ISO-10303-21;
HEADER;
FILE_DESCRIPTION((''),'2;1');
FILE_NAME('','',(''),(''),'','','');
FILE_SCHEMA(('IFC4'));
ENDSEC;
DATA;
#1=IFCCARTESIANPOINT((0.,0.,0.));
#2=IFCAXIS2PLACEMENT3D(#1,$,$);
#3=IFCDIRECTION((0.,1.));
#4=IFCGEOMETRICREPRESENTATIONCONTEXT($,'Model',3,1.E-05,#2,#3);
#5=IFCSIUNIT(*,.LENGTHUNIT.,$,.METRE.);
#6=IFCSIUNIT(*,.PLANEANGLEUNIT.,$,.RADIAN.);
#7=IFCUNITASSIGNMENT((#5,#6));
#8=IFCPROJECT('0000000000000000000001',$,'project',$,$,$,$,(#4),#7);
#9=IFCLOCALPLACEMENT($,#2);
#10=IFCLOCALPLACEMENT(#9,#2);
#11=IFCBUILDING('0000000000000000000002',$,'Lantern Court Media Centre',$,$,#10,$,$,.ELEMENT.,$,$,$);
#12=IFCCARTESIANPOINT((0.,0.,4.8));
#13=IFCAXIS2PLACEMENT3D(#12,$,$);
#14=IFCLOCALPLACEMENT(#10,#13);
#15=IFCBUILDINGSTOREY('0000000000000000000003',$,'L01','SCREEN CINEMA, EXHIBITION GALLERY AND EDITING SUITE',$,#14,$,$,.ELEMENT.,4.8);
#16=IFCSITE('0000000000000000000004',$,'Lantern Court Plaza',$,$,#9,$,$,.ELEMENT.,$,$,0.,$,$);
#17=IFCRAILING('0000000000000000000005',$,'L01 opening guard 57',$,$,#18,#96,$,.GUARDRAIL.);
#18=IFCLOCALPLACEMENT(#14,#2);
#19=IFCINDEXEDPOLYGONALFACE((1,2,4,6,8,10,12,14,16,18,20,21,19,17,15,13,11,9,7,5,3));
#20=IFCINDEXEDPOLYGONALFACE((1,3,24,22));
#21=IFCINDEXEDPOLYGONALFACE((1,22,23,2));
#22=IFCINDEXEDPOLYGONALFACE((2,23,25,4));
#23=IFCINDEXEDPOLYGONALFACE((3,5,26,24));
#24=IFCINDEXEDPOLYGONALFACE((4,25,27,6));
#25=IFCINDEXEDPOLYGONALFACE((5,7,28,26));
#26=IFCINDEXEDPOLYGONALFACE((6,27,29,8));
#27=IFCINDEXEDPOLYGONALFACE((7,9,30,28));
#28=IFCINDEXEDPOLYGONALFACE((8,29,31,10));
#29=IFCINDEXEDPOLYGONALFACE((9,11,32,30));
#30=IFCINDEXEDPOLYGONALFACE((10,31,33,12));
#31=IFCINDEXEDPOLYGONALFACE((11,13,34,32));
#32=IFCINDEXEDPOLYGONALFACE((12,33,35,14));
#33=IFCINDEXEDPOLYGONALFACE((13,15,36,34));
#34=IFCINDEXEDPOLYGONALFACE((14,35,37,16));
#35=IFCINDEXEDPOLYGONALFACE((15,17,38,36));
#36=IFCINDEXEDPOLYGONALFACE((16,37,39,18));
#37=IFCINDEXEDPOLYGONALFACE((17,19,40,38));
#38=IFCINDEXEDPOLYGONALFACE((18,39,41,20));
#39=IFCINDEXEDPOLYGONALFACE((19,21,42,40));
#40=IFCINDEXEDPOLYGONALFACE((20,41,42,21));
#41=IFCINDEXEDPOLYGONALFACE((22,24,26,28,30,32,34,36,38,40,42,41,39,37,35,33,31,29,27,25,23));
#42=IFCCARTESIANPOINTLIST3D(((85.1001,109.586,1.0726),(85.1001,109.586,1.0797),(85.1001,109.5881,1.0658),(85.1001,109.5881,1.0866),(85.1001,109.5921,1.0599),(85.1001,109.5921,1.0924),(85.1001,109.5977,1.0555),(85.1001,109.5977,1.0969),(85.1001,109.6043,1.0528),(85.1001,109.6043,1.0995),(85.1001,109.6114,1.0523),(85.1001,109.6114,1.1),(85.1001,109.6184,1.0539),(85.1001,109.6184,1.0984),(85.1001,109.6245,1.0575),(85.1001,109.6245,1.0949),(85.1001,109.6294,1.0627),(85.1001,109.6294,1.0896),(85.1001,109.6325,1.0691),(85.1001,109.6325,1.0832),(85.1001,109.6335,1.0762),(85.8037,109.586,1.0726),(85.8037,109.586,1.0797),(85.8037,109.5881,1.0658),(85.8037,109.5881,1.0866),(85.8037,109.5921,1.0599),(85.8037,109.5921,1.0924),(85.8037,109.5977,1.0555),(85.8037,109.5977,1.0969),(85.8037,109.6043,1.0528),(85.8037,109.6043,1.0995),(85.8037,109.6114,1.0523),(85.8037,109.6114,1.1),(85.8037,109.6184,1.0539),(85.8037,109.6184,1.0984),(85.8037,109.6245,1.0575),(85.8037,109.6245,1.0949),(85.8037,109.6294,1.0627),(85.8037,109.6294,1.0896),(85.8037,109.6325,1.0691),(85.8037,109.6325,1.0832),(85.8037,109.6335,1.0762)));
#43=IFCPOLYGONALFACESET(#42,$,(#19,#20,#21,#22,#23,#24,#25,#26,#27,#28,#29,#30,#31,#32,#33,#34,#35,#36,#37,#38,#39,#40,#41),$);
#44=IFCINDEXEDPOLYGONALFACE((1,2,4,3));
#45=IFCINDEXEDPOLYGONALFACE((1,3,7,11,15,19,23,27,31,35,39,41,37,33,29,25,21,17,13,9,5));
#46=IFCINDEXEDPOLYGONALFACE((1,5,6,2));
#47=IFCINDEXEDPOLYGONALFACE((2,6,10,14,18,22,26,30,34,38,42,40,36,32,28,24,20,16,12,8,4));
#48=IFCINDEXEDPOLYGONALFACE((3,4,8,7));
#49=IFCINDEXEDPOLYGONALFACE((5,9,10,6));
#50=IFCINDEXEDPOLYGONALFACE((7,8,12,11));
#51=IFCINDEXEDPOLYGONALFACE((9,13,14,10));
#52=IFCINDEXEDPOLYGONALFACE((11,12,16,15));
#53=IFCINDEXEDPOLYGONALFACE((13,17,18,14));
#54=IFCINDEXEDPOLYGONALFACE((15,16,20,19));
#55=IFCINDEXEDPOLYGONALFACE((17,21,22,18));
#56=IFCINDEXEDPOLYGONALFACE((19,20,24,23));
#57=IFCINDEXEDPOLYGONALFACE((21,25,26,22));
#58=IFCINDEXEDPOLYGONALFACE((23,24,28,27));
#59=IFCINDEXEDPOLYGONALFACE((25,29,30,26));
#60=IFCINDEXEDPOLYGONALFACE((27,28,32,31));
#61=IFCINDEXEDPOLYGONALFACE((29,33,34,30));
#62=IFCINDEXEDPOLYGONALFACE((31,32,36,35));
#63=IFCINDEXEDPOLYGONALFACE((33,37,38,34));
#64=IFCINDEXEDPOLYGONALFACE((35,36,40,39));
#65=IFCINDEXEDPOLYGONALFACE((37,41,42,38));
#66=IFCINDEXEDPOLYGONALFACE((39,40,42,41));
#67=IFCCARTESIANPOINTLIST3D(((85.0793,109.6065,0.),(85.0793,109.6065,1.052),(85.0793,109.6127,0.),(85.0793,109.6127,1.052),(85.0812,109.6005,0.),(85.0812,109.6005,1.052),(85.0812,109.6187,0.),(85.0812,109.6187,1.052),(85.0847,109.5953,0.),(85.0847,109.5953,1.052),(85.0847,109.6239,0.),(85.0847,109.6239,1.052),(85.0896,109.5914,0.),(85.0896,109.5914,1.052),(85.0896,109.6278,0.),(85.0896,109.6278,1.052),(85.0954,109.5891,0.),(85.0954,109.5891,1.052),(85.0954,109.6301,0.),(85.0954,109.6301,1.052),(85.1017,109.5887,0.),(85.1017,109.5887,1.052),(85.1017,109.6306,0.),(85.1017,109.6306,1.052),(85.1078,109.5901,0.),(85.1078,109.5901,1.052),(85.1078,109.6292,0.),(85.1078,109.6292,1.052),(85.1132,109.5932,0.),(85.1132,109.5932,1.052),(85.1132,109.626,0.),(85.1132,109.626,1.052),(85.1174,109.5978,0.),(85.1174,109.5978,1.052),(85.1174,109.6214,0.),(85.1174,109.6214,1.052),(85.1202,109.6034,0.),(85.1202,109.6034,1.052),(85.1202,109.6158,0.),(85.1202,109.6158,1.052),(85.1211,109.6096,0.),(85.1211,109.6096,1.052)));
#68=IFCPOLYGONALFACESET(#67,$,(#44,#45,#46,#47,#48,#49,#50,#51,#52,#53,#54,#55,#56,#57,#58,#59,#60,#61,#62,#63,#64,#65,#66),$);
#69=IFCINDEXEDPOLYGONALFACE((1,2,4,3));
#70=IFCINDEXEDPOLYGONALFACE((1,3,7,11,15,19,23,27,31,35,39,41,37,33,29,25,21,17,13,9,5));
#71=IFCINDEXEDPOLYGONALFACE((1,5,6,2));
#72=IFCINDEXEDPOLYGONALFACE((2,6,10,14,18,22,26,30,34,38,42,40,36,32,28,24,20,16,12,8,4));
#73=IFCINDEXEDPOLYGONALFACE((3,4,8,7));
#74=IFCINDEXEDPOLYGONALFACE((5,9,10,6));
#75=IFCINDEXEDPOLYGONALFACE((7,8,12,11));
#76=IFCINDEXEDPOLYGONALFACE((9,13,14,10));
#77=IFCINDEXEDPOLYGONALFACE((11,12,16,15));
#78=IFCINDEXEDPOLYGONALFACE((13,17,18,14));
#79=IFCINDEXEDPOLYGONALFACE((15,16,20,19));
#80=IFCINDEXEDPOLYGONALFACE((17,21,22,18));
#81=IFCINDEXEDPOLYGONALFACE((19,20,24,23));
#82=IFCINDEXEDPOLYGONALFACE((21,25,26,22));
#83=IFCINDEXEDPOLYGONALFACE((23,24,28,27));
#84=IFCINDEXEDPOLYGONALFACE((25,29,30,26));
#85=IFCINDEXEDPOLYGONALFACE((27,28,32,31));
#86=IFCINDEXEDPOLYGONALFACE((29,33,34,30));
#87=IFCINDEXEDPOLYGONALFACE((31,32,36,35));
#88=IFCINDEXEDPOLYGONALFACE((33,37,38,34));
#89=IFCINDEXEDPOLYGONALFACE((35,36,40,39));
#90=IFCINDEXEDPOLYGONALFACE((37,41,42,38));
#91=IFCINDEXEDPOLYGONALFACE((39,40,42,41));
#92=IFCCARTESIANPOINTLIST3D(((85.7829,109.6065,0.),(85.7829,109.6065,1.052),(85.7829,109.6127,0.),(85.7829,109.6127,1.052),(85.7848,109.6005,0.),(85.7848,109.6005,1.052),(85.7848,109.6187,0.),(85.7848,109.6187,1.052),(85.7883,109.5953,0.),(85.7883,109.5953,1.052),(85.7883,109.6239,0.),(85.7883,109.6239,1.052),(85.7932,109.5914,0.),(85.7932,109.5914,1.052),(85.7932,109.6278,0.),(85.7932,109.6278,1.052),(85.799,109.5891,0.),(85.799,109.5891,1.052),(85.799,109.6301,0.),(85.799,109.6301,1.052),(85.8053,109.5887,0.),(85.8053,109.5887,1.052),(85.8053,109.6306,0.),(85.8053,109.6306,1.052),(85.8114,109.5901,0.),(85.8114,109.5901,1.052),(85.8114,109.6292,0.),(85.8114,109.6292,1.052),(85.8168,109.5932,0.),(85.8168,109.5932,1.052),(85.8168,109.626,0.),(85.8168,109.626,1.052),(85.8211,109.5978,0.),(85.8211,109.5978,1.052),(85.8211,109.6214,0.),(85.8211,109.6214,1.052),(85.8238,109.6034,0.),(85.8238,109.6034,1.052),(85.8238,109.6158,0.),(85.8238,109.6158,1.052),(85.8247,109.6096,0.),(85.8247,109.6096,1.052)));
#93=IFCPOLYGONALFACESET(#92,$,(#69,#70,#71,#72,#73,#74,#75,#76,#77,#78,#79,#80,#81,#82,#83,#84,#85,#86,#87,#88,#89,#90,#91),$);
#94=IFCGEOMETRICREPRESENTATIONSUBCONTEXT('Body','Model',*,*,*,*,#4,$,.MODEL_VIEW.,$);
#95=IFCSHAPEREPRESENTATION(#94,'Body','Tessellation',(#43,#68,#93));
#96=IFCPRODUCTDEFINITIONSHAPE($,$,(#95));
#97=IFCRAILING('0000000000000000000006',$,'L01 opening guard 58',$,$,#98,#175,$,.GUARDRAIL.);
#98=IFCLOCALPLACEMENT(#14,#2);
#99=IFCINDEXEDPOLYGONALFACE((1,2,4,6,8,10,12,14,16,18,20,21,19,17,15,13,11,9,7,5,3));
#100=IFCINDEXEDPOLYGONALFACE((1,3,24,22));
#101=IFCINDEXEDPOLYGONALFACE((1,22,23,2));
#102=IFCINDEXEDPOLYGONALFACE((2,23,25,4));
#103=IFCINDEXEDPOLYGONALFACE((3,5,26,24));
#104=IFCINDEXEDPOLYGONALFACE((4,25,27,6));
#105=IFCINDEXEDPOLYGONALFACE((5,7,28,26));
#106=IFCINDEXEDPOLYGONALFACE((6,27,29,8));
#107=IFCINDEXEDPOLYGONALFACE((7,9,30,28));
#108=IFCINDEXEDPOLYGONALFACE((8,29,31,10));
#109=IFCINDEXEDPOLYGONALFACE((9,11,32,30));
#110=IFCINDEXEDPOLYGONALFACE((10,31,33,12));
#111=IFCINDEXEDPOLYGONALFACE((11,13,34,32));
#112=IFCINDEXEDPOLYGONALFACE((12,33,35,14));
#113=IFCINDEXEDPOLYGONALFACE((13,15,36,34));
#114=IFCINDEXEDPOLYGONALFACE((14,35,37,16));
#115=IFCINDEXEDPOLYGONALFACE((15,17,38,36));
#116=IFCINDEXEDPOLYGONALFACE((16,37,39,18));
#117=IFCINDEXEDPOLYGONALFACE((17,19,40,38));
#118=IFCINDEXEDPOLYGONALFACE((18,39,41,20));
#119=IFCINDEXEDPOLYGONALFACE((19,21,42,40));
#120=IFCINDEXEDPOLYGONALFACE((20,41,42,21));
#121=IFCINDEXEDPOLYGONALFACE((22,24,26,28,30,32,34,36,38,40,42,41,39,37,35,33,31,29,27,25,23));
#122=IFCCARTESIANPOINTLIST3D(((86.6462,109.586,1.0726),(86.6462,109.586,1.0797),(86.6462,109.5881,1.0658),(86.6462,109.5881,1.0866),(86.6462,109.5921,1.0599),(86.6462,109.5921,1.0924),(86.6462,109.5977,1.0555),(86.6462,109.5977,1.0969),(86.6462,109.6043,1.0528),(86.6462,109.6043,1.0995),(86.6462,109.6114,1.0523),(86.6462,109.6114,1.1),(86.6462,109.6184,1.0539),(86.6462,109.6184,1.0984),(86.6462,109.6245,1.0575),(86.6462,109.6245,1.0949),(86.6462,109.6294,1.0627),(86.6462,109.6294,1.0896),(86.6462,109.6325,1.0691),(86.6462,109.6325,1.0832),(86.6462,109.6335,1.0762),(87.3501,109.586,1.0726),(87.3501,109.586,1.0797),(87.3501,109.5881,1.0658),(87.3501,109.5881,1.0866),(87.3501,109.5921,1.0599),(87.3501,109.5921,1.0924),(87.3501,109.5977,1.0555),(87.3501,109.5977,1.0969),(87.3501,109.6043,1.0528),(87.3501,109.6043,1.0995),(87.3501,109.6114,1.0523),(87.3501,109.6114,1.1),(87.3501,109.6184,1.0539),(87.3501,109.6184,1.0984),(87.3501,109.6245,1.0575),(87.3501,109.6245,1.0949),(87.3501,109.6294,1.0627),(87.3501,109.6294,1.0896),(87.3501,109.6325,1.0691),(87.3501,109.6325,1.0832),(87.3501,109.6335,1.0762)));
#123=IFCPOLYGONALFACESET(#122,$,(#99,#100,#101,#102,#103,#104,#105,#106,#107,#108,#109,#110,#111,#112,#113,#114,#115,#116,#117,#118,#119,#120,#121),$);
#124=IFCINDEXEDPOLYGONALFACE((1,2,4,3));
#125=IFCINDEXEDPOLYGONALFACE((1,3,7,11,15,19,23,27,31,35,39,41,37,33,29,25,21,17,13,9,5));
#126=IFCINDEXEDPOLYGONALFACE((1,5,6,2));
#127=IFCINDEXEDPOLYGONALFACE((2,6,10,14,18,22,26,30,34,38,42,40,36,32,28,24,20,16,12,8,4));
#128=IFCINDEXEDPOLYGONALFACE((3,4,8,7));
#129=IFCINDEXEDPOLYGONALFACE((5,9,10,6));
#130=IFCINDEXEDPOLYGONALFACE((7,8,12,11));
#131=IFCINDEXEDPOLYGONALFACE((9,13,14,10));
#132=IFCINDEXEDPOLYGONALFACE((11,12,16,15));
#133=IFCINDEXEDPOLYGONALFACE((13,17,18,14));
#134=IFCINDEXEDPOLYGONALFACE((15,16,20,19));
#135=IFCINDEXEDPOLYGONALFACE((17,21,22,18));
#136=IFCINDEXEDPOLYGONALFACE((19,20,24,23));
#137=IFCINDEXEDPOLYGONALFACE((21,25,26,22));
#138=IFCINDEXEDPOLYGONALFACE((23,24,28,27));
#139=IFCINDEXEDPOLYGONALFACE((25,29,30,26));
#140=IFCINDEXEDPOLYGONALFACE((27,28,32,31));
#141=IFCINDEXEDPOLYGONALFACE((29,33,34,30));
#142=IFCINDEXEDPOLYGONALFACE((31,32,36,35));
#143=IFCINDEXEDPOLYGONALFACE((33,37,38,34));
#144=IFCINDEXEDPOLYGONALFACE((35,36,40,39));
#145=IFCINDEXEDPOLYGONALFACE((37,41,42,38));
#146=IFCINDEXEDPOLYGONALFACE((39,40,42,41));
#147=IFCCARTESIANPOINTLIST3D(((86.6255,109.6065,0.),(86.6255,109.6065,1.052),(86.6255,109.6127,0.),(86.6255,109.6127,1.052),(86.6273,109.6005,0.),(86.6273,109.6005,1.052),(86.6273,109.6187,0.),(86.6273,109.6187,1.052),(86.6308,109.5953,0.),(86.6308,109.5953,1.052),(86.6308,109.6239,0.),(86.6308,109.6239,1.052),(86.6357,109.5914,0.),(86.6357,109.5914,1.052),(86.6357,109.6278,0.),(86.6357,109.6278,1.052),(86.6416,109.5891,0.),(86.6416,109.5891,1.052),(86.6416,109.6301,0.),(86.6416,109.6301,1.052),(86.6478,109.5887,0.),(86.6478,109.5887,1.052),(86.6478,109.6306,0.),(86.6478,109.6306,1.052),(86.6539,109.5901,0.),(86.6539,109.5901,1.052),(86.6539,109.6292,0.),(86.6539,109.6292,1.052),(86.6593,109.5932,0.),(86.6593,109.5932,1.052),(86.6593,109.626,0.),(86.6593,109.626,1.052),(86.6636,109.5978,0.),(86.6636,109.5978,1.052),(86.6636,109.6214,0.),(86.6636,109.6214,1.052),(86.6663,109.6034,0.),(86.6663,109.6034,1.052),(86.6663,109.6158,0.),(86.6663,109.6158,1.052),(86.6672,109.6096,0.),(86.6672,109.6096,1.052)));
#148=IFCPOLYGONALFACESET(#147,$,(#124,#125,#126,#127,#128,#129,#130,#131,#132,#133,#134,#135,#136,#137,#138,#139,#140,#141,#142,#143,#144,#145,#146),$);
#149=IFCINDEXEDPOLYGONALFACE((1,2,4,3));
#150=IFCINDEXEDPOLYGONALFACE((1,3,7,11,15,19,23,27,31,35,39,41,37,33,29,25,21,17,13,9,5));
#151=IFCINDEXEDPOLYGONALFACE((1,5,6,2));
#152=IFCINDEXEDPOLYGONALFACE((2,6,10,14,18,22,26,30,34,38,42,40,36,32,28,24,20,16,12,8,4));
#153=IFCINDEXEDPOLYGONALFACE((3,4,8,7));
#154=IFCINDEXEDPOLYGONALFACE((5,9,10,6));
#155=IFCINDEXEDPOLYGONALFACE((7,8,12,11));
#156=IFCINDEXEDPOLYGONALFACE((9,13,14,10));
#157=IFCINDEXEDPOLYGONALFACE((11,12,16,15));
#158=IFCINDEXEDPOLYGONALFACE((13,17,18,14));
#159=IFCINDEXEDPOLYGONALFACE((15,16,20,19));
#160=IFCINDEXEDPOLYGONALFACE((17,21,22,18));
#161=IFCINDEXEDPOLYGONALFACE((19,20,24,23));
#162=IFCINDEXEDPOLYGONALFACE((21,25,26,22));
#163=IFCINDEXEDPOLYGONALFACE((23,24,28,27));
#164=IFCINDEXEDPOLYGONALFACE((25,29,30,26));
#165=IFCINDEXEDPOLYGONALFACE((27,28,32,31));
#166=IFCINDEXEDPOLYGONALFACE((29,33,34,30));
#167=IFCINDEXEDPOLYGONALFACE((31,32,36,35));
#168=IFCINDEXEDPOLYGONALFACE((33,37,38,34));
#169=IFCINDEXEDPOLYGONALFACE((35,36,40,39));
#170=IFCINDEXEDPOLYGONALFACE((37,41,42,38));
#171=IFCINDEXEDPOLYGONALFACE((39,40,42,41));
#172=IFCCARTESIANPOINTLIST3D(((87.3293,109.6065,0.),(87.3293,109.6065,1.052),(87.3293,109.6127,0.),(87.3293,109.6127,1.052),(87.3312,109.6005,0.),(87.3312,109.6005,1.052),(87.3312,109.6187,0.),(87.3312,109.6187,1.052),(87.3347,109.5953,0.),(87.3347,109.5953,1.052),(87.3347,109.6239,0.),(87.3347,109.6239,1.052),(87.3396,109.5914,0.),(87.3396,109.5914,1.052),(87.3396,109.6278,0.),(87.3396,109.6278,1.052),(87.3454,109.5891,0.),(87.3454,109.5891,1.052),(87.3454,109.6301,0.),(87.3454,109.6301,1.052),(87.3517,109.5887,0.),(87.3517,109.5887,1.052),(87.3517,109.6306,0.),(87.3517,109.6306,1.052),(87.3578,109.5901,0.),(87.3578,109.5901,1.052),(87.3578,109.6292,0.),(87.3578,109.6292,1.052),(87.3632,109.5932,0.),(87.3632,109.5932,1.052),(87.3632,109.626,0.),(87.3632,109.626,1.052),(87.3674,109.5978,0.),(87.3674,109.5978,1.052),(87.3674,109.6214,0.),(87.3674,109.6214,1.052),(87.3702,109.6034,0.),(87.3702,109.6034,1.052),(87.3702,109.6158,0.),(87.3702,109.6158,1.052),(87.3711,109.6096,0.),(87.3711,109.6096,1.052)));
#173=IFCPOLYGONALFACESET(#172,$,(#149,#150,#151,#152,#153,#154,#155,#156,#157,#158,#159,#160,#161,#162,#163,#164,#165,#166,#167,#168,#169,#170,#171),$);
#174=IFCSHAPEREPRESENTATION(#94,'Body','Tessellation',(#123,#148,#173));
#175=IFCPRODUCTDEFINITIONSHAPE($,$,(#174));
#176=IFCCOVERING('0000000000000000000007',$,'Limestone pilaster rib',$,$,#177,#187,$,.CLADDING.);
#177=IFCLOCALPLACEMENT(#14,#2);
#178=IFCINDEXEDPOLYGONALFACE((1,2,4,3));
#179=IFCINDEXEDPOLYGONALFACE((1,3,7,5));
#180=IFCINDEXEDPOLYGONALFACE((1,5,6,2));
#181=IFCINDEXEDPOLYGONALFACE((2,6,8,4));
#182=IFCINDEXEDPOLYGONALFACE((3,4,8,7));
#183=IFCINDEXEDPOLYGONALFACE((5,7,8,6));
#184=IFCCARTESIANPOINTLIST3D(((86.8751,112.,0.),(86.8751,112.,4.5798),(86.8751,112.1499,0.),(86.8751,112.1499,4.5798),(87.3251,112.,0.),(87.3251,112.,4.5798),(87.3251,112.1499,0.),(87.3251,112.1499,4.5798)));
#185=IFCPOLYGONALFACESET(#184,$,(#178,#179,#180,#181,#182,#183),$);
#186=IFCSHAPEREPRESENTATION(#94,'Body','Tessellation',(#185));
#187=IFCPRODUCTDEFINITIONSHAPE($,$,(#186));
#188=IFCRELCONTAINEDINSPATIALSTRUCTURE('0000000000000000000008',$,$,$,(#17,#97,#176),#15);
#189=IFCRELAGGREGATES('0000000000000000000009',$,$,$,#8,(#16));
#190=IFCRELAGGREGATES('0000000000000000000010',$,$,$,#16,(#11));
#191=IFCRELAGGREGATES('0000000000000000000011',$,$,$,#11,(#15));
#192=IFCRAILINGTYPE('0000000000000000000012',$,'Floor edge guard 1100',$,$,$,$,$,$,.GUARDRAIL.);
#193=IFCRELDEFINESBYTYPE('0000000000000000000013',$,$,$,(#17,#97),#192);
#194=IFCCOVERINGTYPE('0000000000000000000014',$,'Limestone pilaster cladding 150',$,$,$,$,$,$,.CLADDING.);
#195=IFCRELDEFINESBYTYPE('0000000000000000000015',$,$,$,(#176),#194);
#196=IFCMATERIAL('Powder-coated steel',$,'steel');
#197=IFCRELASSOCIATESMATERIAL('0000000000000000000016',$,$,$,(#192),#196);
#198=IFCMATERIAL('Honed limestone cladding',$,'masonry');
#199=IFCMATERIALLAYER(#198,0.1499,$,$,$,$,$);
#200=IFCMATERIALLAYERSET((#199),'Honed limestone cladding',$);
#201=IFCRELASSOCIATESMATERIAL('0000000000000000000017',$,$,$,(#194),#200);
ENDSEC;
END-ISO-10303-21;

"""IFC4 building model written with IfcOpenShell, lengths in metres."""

from ifc_helpers import new_model, si_unit, direction, frame, frame_2d, origin, origin_2d, place, context, subcontext, project, spatial, rectangle, circle, extrude, material, layer, layer_set, type_object, element, save


model = new_model("IFC4")

# Units and contexts
model_context = context("Model", 3, precision=1e-05, world=origin(), true_north=direction((0.0, 1.0)))
body_context = subcontext(model_context, "Body", "Model", "MODEL_VIEW")
ifc_project = project(units=[si_unit("LENGTHUNIT", "METRE"), si_unit("PLANEANGLEUNIT", "RADIAN")], contexts=[model_context])

# Site, building, storey
site_placement = place(None, origin())
site = spatial("IfcSite", under=ifc_project, at=site_placement, Name="Lantern Court Plaza", CompositionType="ELEMENT", RefElevation=0.0)
building_placement = place(site_placement, origin())
building = spatial("IfcBuilding", under=site, at=building_placement, Name="Lantern Court Media Centre", CompositionType="ELEMENT")
storey_placement = place(building_placement, frame((0.0, 0.0, 4.8)))
storey = spatial("IfcBuildingStorey", under=building, at=storey_placement, Name="L01", Description="SCREEN CINEMA, EXHIBITION GALLERY AND EDITING SUITE", CompositionType="ELEMENT", Elevation=4.8)

# Railings
ifc_material_1 = material(Name="Powder-coated steel", Category="steel")
railing_type_1 = type_object("IfcRailingType", Name="Floor edge guard 1100", PredefinedType="GUARDRAIL", material=ifc_material_1)
railing_1_placement = place(storey_placement, frame((85.1001, 109.6096, 0.0)))
element("IfcRailing", 1, at=railing_1_placement, inside=storey, type_object=railing_type_1, Name="L01 opening guard 57", PredefinedType="GUARDRAIL", context=body_context, shape_type="SweptSolid", body=[
    extrude(circle(Radius=0.0239, at=origin_2d()), frame((0.0, 0.0, 1.0762), z_axis=(1.0, 0.0, 0.0), x_axis=(0.0, 1.0, 0.0)), (0.0, 0.0, 1.0), 0.7036),
    extrude(circle(Radius=0.021, at=origin_2d()), origin(), (0.0, 0.0, 1.0), 1.052),
    extrude(circle(Radius=0.021, at=origin_2d()), frame((0.7036, 0.0, 0.0)), (0.0, 0.0, 1.0), 1.052),
])
railing_2_placement = place(storey_placement, frame((86.6462, 109.6096, 0.0)))
element("IfcRailing", 2, at=railing_2_placement, inside=storey, type_object=railing_type_1, Name="L01 opening guard 58", PredefinedType="GUARDRAIL", context=body_context, shape_type="SweptSolid", body=[
    extrude(circle(Radius=0.0239, at=origin_2d()), frame((0.0, 0.0, 1.0762), z_axis=(1.0, 0.0, 0.0), x_axis=(0.0, 1.0, 0.0)), (0.0, 0.0, 1.0), 0.7039),
    extrude(circle(Radius=0.021, at=origin_2d()), origin(), (0.0, 0.0, 1.0), 1.052),
    extrude(circle(Radius=0.021, at=origin_2d()), frame((0.7039, 0.0, 0.0)), (0.0, 0.0, 1.0), 1.052),
])

# Covering
ifc_material_2 = material(Name="Honed limestone cladding", Category="masonry")
ifc_layer_1 = layer(ifc_material_2, 0.1499)
ifc_layer_set_1 = layer_set([ifc_layer_1], Name="Honed limestone cladding")
covering_type = type_object("IfcCoveringType", Name="Limestone pilaster cladding 150", PredefinedType="CLADDING", material=ifc_layer_set_1)
covering_placement = place(storey_placement, frame((86.875, 112.075, 0.0), z_axis=(0.0, 0.0, 1.0), x_axis=(1.0, 0.0, 0.0)))
element("IfcCovering", 3, at=covering_placement, inside=storey, type_object=covering_type, Name="Limestone pilaster rib", PredefinedType="CLADDING", context=body_context, shape_type="SweptSolid", body=[
    extrude(rectangle(XDim=0.45, YDim=0.1499, at=frame_2d((0.2251, 0.0))), origin(), (0.0, 0.0, 1.0), 4.5798),
])

save(model, "model.ifc")
